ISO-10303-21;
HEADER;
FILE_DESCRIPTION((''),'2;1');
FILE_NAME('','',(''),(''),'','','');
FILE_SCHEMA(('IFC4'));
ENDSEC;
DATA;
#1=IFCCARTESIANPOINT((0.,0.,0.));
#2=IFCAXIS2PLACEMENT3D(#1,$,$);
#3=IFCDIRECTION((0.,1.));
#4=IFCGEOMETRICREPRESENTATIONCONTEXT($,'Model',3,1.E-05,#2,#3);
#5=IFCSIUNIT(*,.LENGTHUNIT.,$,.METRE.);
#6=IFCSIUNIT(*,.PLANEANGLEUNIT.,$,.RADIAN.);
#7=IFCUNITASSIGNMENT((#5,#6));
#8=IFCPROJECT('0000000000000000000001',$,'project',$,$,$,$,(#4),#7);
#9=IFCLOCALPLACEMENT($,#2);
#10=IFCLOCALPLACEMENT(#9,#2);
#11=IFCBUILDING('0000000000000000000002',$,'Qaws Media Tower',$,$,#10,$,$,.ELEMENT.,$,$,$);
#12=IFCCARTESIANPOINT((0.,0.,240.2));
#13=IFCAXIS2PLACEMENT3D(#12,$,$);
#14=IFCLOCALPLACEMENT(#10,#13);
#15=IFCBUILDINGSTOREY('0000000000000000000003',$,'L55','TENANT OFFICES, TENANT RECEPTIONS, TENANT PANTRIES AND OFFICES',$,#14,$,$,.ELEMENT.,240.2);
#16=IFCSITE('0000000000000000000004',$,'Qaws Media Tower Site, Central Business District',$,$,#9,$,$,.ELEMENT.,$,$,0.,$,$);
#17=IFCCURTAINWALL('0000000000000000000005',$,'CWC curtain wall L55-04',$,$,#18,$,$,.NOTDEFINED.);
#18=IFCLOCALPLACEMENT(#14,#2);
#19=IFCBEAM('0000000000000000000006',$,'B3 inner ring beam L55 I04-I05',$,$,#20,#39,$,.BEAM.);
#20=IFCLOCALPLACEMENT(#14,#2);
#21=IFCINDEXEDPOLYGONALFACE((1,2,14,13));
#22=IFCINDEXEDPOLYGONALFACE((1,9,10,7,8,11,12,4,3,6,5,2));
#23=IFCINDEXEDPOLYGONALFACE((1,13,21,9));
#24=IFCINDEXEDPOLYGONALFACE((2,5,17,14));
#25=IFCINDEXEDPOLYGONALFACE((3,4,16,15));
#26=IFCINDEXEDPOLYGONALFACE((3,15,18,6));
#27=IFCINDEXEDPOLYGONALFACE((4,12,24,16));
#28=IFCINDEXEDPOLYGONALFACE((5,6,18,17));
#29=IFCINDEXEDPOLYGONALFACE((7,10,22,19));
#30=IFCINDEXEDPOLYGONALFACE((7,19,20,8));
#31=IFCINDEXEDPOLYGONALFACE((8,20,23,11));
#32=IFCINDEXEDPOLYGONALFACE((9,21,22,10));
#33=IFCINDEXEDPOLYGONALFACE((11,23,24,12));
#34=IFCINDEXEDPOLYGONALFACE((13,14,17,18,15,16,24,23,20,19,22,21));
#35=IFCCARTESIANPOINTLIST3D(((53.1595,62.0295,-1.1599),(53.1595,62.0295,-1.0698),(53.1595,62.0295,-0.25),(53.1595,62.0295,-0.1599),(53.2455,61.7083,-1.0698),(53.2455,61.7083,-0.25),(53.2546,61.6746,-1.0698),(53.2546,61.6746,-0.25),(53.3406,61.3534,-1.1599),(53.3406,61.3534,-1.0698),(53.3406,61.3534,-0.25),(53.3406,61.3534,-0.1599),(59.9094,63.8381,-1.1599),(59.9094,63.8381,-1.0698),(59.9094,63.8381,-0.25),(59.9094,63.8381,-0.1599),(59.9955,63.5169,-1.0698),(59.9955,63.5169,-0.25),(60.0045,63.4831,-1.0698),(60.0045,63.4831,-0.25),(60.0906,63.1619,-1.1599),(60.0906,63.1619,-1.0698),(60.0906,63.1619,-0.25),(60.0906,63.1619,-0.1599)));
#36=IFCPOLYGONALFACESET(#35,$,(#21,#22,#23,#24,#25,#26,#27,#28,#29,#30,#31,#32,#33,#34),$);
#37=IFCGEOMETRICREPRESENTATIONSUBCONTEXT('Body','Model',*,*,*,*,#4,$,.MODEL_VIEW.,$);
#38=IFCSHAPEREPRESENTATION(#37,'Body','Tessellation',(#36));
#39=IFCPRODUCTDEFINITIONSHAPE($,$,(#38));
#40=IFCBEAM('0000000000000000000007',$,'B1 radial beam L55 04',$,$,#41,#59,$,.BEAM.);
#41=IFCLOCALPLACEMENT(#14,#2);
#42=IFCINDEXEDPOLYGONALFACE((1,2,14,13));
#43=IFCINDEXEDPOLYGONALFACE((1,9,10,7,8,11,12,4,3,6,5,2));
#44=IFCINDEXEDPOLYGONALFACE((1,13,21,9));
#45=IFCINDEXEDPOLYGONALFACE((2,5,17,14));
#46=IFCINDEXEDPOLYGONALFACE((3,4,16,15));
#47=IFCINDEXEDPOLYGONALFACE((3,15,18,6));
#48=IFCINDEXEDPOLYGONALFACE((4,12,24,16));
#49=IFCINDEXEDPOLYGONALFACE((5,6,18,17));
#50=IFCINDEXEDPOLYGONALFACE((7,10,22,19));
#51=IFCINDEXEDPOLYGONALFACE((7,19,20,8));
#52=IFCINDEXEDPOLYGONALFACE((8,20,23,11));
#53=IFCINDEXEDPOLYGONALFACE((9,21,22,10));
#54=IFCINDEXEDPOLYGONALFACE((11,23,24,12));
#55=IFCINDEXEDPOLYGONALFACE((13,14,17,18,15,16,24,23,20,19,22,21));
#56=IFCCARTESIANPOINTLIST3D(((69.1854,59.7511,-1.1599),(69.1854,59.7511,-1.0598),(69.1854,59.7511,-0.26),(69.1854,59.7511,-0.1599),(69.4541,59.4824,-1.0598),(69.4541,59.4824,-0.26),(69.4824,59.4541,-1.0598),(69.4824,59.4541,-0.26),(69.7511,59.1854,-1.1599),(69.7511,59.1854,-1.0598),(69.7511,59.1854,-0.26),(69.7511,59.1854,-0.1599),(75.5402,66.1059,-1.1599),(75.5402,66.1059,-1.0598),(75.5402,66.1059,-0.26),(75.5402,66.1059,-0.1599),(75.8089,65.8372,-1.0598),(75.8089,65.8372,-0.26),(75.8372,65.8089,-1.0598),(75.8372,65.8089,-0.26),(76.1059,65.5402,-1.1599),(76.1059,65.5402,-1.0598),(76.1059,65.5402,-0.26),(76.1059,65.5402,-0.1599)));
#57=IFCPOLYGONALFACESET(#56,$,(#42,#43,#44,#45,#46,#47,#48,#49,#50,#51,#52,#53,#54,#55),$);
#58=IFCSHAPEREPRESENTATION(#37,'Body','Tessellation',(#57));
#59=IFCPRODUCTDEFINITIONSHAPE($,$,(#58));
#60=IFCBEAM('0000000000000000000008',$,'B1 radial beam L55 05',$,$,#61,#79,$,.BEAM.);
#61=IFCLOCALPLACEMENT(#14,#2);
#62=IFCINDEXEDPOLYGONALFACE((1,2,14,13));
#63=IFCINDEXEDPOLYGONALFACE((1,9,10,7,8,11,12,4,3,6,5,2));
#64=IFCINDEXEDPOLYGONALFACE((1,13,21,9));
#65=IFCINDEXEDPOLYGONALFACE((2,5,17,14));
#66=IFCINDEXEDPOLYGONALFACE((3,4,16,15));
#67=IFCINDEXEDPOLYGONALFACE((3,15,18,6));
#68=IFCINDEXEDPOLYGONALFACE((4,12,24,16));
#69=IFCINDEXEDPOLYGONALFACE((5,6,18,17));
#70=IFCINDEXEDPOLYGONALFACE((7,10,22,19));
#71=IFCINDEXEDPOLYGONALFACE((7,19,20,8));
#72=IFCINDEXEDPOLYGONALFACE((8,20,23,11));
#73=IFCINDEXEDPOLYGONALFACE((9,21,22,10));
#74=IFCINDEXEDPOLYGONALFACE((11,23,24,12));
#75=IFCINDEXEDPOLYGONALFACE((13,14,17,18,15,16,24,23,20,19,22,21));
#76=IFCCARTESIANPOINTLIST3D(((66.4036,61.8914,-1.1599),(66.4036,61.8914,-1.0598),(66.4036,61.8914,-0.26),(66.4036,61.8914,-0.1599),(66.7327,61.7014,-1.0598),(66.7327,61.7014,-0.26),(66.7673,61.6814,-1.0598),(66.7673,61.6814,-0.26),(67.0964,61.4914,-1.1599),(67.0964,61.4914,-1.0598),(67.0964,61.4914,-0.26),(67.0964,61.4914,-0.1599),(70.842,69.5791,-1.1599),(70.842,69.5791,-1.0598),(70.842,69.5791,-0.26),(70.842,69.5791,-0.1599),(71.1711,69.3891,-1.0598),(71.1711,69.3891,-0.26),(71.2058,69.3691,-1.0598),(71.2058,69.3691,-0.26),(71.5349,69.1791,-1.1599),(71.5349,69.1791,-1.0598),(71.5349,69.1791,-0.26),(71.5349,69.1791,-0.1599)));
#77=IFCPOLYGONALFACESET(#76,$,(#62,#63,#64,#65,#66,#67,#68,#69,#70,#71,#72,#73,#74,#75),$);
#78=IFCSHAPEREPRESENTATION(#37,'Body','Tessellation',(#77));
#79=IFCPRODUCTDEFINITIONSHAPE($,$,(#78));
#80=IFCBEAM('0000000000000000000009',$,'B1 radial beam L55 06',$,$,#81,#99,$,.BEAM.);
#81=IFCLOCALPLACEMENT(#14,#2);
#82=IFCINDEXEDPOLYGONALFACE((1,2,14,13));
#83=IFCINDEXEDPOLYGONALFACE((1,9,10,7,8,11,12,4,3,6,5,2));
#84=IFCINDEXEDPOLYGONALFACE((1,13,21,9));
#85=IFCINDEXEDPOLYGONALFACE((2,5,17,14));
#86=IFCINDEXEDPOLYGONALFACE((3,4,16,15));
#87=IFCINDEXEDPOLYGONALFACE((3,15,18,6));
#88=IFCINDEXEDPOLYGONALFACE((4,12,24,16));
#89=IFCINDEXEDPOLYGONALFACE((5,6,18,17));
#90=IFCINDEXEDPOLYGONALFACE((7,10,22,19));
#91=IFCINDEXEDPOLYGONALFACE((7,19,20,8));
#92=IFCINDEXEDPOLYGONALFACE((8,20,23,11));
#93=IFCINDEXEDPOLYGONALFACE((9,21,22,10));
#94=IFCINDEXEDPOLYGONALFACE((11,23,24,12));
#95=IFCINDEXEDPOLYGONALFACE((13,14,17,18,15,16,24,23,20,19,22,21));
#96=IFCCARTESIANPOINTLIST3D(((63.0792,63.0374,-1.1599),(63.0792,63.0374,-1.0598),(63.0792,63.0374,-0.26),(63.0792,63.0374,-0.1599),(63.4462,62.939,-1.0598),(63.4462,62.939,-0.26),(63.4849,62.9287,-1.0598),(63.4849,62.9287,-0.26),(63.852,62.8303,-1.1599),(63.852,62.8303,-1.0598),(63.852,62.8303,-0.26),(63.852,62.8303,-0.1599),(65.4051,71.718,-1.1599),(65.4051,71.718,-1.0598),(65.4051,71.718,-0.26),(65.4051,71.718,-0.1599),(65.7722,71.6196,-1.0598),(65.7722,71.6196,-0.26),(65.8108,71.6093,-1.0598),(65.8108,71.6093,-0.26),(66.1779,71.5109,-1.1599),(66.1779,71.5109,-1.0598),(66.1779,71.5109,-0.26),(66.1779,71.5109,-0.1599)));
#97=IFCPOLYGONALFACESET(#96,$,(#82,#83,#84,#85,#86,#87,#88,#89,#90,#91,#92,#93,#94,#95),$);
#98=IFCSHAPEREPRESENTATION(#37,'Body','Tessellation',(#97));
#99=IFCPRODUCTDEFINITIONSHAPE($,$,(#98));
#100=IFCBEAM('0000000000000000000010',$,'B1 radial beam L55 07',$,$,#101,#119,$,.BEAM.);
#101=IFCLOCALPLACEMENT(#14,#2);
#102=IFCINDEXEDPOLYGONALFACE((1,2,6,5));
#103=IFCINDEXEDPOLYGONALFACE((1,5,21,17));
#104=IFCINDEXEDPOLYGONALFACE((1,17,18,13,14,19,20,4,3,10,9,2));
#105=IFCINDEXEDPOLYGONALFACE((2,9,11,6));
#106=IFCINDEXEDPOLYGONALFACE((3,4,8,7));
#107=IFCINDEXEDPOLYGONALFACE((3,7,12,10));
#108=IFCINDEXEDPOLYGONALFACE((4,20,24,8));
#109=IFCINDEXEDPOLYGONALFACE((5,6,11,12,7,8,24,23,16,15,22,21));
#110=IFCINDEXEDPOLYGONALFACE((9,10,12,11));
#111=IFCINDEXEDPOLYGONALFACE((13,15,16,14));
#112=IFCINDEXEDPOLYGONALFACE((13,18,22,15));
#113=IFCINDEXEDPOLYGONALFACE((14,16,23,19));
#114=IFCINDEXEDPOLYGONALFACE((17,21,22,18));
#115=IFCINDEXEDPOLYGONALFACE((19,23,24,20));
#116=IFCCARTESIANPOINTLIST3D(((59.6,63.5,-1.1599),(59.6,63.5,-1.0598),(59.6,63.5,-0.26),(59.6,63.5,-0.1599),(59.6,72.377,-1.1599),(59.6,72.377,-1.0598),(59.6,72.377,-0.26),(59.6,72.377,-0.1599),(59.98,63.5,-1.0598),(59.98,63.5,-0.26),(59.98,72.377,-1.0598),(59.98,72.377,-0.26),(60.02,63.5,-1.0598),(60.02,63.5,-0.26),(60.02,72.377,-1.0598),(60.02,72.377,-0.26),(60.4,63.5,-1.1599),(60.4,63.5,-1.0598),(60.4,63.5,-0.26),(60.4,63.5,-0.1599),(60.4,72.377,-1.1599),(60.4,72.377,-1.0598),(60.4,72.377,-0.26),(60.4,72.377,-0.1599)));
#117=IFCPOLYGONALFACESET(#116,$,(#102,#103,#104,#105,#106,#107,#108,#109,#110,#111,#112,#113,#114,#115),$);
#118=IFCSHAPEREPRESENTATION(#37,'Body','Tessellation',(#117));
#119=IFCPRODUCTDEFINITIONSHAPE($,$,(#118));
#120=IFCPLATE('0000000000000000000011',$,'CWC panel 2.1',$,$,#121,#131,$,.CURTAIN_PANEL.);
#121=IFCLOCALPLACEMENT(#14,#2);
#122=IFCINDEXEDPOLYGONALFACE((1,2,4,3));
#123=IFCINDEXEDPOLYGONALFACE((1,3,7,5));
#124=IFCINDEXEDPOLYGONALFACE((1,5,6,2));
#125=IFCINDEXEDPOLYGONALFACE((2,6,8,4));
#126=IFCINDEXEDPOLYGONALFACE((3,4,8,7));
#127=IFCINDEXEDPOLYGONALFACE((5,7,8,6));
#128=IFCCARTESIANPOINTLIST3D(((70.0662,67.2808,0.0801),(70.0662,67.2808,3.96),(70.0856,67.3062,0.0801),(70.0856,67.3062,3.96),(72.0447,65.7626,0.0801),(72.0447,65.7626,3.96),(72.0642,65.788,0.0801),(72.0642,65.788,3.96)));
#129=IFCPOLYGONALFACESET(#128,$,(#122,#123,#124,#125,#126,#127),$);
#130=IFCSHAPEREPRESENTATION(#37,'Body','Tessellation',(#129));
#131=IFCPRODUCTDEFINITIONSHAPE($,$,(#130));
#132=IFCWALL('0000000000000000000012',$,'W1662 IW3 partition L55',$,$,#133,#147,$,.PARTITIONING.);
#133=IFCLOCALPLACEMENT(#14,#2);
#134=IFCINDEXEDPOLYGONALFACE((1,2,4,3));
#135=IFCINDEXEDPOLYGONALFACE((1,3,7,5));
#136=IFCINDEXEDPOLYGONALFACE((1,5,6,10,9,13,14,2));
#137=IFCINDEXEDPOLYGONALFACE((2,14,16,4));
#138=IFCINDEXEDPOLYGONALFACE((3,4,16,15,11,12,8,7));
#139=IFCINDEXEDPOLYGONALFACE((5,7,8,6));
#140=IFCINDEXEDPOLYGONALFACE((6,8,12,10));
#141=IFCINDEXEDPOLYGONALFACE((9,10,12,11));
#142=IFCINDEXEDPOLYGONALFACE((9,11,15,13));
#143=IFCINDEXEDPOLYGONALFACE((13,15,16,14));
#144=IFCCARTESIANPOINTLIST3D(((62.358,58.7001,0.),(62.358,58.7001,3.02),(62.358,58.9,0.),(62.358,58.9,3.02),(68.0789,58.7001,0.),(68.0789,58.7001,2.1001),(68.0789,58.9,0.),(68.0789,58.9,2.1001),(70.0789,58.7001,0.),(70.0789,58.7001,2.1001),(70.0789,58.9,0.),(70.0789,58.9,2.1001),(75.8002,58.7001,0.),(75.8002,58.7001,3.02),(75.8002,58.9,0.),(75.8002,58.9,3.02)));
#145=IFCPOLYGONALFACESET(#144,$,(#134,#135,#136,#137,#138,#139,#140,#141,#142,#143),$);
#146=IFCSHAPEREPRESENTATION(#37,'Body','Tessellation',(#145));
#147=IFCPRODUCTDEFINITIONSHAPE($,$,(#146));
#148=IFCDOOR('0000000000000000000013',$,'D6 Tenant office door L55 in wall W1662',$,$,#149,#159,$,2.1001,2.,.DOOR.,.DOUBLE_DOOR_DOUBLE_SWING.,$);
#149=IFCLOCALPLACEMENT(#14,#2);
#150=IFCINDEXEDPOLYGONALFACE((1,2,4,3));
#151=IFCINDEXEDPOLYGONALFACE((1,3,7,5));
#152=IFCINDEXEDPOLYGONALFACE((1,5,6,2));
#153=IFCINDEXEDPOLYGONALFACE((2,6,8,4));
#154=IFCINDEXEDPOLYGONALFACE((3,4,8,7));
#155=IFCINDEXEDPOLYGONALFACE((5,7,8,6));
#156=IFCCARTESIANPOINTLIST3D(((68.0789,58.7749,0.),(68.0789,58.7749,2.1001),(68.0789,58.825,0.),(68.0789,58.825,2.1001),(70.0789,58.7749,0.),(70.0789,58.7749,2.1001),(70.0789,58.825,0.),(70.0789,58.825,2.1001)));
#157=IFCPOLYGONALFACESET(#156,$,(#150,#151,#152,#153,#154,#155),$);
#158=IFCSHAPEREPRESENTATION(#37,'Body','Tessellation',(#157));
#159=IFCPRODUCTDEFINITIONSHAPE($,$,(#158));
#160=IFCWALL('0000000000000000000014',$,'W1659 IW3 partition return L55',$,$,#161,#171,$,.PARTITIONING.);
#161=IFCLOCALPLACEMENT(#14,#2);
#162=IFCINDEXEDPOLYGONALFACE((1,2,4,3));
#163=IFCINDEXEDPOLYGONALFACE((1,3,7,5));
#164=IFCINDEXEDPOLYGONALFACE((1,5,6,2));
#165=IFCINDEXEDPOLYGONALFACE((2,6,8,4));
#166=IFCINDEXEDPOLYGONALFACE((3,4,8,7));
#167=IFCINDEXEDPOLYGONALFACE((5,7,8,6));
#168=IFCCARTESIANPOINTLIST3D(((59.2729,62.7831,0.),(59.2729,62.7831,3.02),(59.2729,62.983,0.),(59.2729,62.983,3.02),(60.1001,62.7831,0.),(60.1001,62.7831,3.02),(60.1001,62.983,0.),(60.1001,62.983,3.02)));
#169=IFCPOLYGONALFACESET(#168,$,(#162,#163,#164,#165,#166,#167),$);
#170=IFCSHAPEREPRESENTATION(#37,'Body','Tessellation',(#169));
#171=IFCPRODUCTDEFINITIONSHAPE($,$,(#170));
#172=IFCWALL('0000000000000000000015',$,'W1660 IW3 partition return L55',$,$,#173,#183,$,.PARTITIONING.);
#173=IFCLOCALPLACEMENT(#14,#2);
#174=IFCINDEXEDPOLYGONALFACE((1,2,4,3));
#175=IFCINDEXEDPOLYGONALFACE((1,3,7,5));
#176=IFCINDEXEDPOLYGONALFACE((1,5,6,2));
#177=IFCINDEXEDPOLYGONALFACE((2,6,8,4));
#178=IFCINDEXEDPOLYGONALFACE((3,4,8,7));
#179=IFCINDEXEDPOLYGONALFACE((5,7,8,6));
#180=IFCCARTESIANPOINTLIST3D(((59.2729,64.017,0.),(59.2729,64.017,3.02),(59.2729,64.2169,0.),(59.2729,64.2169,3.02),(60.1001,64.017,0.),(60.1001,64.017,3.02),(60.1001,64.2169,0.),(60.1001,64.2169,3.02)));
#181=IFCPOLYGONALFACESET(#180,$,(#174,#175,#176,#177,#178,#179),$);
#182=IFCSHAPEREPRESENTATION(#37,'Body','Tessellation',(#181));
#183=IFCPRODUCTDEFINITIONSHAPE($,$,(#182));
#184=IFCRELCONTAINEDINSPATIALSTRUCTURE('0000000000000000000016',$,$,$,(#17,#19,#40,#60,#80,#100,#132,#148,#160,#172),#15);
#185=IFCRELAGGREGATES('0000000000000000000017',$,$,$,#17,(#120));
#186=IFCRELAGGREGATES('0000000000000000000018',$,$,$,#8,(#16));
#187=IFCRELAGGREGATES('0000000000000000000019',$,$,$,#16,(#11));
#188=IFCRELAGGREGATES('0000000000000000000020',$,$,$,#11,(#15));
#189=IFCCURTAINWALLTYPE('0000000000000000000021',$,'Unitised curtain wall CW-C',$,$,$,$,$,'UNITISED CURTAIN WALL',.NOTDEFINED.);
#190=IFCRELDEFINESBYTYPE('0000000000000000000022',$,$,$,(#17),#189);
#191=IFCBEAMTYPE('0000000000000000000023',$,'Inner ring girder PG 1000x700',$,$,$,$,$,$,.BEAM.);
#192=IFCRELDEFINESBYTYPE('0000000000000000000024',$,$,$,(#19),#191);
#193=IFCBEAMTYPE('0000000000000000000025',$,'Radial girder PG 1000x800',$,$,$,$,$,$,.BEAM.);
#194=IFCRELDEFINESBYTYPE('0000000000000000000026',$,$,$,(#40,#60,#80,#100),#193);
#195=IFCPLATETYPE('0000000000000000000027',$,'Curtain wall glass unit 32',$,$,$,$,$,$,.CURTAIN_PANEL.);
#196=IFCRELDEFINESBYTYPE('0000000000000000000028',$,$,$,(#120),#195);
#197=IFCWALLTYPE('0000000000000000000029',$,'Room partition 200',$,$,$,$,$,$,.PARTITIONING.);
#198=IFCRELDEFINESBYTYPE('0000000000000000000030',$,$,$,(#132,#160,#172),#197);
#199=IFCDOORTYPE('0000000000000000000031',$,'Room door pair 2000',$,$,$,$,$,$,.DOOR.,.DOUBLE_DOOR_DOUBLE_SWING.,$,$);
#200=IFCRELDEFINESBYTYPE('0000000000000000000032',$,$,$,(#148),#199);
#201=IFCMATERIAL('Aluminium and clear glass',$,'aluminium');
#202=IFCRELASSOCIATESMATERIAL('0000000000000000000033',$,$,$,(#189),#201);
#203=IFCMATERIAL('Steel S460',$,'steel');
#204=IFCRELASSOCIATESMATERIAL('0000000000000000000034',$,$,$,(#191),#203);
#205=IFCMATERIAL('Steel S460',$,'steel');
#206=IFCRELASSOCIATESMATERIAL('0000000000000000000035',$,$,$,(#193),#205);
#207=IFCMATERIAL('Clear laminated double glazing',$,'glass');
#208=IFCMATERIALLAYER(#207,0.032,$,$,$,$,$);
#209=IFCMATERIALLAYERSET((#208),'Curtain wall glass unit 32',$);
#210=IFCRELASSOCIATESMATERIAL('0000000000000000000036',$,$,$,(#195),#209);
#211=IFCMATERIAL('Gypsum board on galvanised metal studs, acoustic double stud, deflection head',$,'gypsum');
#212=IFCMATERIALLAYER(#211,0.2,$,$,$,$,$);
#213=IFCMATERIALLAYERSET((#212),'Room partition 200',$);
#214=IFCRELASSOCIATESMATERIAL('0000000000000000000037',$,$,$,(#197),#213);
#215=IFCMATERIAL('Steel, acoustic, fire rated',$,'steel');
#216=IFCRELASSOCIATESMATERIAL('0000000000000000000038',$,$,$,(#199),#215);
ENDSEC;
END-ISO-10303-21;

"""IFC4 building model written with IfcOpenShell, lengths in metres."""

from ifc_helpers import new_model, si_unit, direction, frame, frame_2d, origin, origin_2d, place, context, subcontext, project, spatial, rectangle, i_section, extrude, material, layer, layer_set, material_profile, profile_set, type_object, element, fill, aggregate, save


model = new_model("IFC4")

# Units and contexts
model_context = context("Model", 3, precision=1e-05, world=origin(), true_north=direction((0.0, 1.0)))
body_context = subcontext(model_context, "Body", "Model", "MODEL_VIEW")
ifc_project = project(units=[si_unit("LENGTHUNIT", "METRE"), si_unit("PLANEANGLEUNIT", "RADIAN")], contexts=[model_context])

# Site, building, storey
site_placement = place(None, origin())
site = spatial("IfcSite", under=ifc_project, at=site_placement, Name="Qaws Media Tower Site, Central Business District", CompositionType="ELEMENT", RefElevation=0.0)
building_placement = place(site_placement, origin())
building = spatial("IfcBuilding", under=site, at=building_placement, Name="Qaws Media Tower", CompositionType="ELEMENT")
storey_placement = place(building_placement, frame((0.0, 0.0, 240.2)))
storey = spatial("IfcBuildingStorey", under=building, at=storey_placement, Name="L55", Description="TENANT OFFICES, TENANT RECEPTIONS, TENANT PANTRIES AND OFFICES", CompositionType="ELEMENT", Elevation=240.2)

# Curtain wall
ifc_material_1 = material(Name="Aluminium and clear glass", Category="aluminium")
curtain_wall_type = type_object("IfcCurtainWallType", Name="Unitised curtain wall CW-C", ElementType="UNITISED CURTAIN WALL", PredefinedType="NOTDEFINED", material=ifc_material_1)
curtain_wall_placement = place(storey_placement, origin())
curtain_wall = element("IfcCurtainWall", 1, at=curtain_wall_placement, inside=storey, type_object=curtain_wall_type, Name="CWC curtain wall L55-04", PredefinedType="NOTDEFINED")

# Beams
ifc_material_2 = material(Name="Steel S460", Category="steel")
ifc_material_profile_1 = material_profile(ifc_material_2, i_section(OverallWidth=0.7, OverallDepth=1.0, WebThickness=0.0349, FlangeThickness=0.0901, at=origin_2d()), Name="PG 1000x700")
ifc_profile_set_1 = profile_set([ifc_material_profile_1], Name="Steel S460")
beam_type_1 = type_object("IfcBeamType", Name="Inner ring girder PG 1000x700", PredefinedType="BEAM", material=ifc_profile_set_1)
for number, where, z_axis, x_axis, name in (
    (2, (60.0, 63.5, -0.6599), (-0.965928, -0.258811, 0.0), (0.258811, -0.965928, 0.0), "B3 inner ring beam L55 I04-I05"),
):
    element("IfcBeam", number, at=place(storey_placement, frame(where, z_axis=z_axis, x_axis=x_axis)), inside=storey, type_object=beam_type_1, Name=name, PredefinedType="BEAM", context=body_context, shape_type="SweptSolid", body=[
        extrude(i_section(OverallWidth=0.7, OverallDepth=1.0, WebThickness=0.0349, FlangeThickness=0.0901, at=origin_2d()), origin(), (0.0, 0.0, 1.0), 6.988),
    ])
ifc_material_3 = material(Name="Steel S460", Category="steel")
ifc_material_profile_2 = material_profile(ifc_material_3, i_section(OverallWidth=0.8, OverallDepth=1.0, WebThickness=0.04, FlangeThickness=0.1001, at=origin_2d()), Name="PG 1000x800")
ifc_profile_set_2 = profile_set([ifc_material_profile_2], Name="Steel S460")
beam_type_2 = type_object("IfcBeamType", Name="Radial girder PG 1000x800", PredefinedType="BEAM", material=ifc_profile_set_2)
beam_1_placement = place(storey_placement, frame((69.4683, 59.4683, -0.6599), z_axis=(0.707107, 0.707107, 0.0), x_axis=(-0.707107, 0.707107, 0.0)))
element("IfcBeam", 3, at=beam_1_placement, inside=storey, type_object=beam_type_2, Name="B1 radial beam L55 04", PredefinedType="BEAM", context=body_context, shape_type="SweptSolid", body=[
    extrude(i_section(OverallWidth=0.8, OverallDepth=1.0, WebThickness=0.04, FlangeThickness=0.1001, at=origin_2d()), origin(), (0.0, 0.0, 1.0), 8.9871),
])
beam_2_placement = place(storey_placement, frame((66.75, 61.6914, -0.6599), z_axis=(0.499996, 0.866028, 0.0), x_axis=(-0.866028, 0.499996, 0.0)))
element("IfcBeam", 4, at=beam_2_placement, inside=storey, type_object=beam_type_2, Name="B1 radial beam L55 05", PredefinedType="BEAM", context=body_context, shape_type="SweptSolid", body=[
    extrude(i_section(OverallWidth=0.8, OverallDepth=1.0, WebThickness=0.04, FlangeThickness=0.1001, at=origin_2d()), origin(), (0.0, 0.0, 1.0), 8.877),
])
beam_3_placement = place(storey_placement, frame((63.4656, 62.9338, -0.6599), z_axis=(0.258814, 0.965927, 0.0), x_axis=(-0.965927, 0.258814, 0.0)))
element("IfcBeam", 5, at=beam_3_placement, inside=storey, type_object=beam_type_2, Name="B1 radial beam L55 06", PredefinedType="BEAM", context=body_context, shape_type="SweptSolid", body=[
    extrude(i_section(OverallWidth=0.8, OverallDepth=1.0, WebThickness=0.04, FlangeThickness=0.1001, at=origin_2d()), origin(), (0.0, 0.0, 1.0), 8.9868),
])
beam_4_placement = place(storey_placement, frame((60.0, 63.5, -0.6599), z_axis=(0.0, 1.0, 0.0), x_axis=(-1.0, 0.0, 0.0)))
element("IfcBeam", 6, at=beam_4_placement, inside=storey, type_object=beam_type_2, Name="B1 radial beam L55 07", PredefinedType="BEAM", context=body_context, shape_type="SweptSolid", body=[
    extrude(i_section(OverallWidth=0.8, OverallDepth=1.0, WebThickness=0.04, FlangeThickness=0.1001, at=origin_2d()), origin(), (0.0, 0.0, 1.0), 8.877),
])

# Plate
ifc_material_4 = material(Name="Clear laminated double glazing", Category="glass")
ifc_layer_1 = layer(ifc_material_4, 0.032)
ifc_layer_set_1 = layer_set([ifc_layer_1], Name="Curtain wall glass unit 32")
plate_type = type_object("IfcPlateType", Name="Curtain wall glass unit 32", PredefinedType="CURTAIN_PANEL", material=ifc_layer_set_1)
plate_placement = place(storey_placement, frame((71.0652, 66.5344, 0.0801), z_axis=(0.0, 0.0, 1.0), x_axis=(-0.793353, 0.608762, 0.0)))
plate = element("IfcPlate", 7, at=plate_placement, type_object=plate_type, Name="CWC panel 2.1", PredefinedType="CURTAIN_PANEL", context=body_context, shape_type="SweptSolid", body=[
    extrude(rectangle(XDim=2.4939, YDim=0.032, at=origin_2d()), origin(), (0.0, 0.0, 1.0), 3.8799),
])
aggregate(curtain_wall, [plate])

# Wall, opening, door
ifc_material_5 = material(Name="Gypsum board on galvanised metal studs, acoustic double stud, deflection head", Category="gypsum")
ifc_layer_2 = layer(ifc_material_5, 0.2)
ifc_layer_set_2 = layer_set([ifc_layer_2], Name="Room partition 200")
wall_type = type_object("IfcWallType", Name="Room partition 200", PredefinedType="PARTITIONING", material=ifc_layer_set_2)
wall_1_placement = place(storey_placement, frame((62.3579, 58.8, 0.0), z_axis=(0.0, 0.0, 1.0), x_axis=(1.0, 0.0, 0.0)))
wall_1 = element("IfcWall", 8, at=wall_1_placement, inside=storey, type_object=wall_type, Name="W1662 IW3 partition L55", PredefinedType="PARTITIONING", context=body_context, shape_type="SweptSolid", body=[
    extrude(rectangle(XDim=13.4421, YDim=0.2, at=frame_2d((6.7212, 0.0))), origin(), (0.0, 0.0, 1.0), 3.02),
])
opening_placement = place(wall_1_placement, frame((5.7209, 0.0, 0.0)))
opening = element("IfcOpeningElement", 9, at=opening_placement, cuts=wall_1, PredefinedType="OPENING", context=body_context, shape_type="SweptSolid", body=[
    extrude(rectangle(XDim=2.0, YDim=2.1001, at=frame_2d((1.0, 1.05))), frame((0.0, 0.1099, 0.0), z_axis=(0.0, -1.0, 0.0), x_axis=(1.0, 0.0, 0.0)), (0.0, 0.0, 1.0), 0.22),
])
ifc_material_6 = material(Name="Steel, acoustic, fire rated", Category="steel")
door_type = type_object("IfcDoorType", Name="Room door pair 2000", OperationType="DOUBLE_DOOR_DOUBLE_SWING", PredefinedType="DOOR", material=ifc_material_6)
door_placement = place(opening_placement, origin())
door = element("IfcDoor", 10, at=door_placement, inside=storey, type_object=door_type, Name="D6 Tenant office door L55 in wall W1662", OperationType="DOUBLE_DOOR_DOUBLE_SWING", OverallHeight=2.1001, OverallWidth=2.0, PredefinedType="DOOR", context=body_context, shape_type="SweptSolid", body=[
    extrude(rectangle(XDim=2.0, YDim=2.1001, at=frame_2d((1.0, 1.05))), frame((0.0, 0.0249, 0.0), z_axis=(0.0, -1.0, 0.0), x_axis=(1.0, 0.0, 0.0)), (0.0, 0.0, 1.0), 0.05),
])
fill(opening, door)

# Walls
for number, where, z_axis, x_axis, name in (
    (11, (60.1001, 62.8831, 0.0), (0.0, 0.0, 1.0), (-1.0, 0.0, 0.0), "W1659 IW3 partition return L55"),
    (12, (60.1001, 64.1169, 0.0), (0.0, 0.0, 1.0), (-1.0, 0.0, 0.0), "W1660 IW3 partition return L55"),
):
    element("IfcWall", number, at=place(storey_placement, frame(where, z_axis=z_axis, x_axis=x_axis)), inside=storey, type_object=wall_type, Name=name, PredefinedType="PARTITIONING", context=body_context, shape_type="SweptSolid", body=[
        extrude(rectangle(XDim=0.8271, YDim=0.2, at=frame_2d((0.4136, 0.0))), origin(), (0.0, 0.0, 1.0), 3.02),
    ])

save(model, "model.ifc")
